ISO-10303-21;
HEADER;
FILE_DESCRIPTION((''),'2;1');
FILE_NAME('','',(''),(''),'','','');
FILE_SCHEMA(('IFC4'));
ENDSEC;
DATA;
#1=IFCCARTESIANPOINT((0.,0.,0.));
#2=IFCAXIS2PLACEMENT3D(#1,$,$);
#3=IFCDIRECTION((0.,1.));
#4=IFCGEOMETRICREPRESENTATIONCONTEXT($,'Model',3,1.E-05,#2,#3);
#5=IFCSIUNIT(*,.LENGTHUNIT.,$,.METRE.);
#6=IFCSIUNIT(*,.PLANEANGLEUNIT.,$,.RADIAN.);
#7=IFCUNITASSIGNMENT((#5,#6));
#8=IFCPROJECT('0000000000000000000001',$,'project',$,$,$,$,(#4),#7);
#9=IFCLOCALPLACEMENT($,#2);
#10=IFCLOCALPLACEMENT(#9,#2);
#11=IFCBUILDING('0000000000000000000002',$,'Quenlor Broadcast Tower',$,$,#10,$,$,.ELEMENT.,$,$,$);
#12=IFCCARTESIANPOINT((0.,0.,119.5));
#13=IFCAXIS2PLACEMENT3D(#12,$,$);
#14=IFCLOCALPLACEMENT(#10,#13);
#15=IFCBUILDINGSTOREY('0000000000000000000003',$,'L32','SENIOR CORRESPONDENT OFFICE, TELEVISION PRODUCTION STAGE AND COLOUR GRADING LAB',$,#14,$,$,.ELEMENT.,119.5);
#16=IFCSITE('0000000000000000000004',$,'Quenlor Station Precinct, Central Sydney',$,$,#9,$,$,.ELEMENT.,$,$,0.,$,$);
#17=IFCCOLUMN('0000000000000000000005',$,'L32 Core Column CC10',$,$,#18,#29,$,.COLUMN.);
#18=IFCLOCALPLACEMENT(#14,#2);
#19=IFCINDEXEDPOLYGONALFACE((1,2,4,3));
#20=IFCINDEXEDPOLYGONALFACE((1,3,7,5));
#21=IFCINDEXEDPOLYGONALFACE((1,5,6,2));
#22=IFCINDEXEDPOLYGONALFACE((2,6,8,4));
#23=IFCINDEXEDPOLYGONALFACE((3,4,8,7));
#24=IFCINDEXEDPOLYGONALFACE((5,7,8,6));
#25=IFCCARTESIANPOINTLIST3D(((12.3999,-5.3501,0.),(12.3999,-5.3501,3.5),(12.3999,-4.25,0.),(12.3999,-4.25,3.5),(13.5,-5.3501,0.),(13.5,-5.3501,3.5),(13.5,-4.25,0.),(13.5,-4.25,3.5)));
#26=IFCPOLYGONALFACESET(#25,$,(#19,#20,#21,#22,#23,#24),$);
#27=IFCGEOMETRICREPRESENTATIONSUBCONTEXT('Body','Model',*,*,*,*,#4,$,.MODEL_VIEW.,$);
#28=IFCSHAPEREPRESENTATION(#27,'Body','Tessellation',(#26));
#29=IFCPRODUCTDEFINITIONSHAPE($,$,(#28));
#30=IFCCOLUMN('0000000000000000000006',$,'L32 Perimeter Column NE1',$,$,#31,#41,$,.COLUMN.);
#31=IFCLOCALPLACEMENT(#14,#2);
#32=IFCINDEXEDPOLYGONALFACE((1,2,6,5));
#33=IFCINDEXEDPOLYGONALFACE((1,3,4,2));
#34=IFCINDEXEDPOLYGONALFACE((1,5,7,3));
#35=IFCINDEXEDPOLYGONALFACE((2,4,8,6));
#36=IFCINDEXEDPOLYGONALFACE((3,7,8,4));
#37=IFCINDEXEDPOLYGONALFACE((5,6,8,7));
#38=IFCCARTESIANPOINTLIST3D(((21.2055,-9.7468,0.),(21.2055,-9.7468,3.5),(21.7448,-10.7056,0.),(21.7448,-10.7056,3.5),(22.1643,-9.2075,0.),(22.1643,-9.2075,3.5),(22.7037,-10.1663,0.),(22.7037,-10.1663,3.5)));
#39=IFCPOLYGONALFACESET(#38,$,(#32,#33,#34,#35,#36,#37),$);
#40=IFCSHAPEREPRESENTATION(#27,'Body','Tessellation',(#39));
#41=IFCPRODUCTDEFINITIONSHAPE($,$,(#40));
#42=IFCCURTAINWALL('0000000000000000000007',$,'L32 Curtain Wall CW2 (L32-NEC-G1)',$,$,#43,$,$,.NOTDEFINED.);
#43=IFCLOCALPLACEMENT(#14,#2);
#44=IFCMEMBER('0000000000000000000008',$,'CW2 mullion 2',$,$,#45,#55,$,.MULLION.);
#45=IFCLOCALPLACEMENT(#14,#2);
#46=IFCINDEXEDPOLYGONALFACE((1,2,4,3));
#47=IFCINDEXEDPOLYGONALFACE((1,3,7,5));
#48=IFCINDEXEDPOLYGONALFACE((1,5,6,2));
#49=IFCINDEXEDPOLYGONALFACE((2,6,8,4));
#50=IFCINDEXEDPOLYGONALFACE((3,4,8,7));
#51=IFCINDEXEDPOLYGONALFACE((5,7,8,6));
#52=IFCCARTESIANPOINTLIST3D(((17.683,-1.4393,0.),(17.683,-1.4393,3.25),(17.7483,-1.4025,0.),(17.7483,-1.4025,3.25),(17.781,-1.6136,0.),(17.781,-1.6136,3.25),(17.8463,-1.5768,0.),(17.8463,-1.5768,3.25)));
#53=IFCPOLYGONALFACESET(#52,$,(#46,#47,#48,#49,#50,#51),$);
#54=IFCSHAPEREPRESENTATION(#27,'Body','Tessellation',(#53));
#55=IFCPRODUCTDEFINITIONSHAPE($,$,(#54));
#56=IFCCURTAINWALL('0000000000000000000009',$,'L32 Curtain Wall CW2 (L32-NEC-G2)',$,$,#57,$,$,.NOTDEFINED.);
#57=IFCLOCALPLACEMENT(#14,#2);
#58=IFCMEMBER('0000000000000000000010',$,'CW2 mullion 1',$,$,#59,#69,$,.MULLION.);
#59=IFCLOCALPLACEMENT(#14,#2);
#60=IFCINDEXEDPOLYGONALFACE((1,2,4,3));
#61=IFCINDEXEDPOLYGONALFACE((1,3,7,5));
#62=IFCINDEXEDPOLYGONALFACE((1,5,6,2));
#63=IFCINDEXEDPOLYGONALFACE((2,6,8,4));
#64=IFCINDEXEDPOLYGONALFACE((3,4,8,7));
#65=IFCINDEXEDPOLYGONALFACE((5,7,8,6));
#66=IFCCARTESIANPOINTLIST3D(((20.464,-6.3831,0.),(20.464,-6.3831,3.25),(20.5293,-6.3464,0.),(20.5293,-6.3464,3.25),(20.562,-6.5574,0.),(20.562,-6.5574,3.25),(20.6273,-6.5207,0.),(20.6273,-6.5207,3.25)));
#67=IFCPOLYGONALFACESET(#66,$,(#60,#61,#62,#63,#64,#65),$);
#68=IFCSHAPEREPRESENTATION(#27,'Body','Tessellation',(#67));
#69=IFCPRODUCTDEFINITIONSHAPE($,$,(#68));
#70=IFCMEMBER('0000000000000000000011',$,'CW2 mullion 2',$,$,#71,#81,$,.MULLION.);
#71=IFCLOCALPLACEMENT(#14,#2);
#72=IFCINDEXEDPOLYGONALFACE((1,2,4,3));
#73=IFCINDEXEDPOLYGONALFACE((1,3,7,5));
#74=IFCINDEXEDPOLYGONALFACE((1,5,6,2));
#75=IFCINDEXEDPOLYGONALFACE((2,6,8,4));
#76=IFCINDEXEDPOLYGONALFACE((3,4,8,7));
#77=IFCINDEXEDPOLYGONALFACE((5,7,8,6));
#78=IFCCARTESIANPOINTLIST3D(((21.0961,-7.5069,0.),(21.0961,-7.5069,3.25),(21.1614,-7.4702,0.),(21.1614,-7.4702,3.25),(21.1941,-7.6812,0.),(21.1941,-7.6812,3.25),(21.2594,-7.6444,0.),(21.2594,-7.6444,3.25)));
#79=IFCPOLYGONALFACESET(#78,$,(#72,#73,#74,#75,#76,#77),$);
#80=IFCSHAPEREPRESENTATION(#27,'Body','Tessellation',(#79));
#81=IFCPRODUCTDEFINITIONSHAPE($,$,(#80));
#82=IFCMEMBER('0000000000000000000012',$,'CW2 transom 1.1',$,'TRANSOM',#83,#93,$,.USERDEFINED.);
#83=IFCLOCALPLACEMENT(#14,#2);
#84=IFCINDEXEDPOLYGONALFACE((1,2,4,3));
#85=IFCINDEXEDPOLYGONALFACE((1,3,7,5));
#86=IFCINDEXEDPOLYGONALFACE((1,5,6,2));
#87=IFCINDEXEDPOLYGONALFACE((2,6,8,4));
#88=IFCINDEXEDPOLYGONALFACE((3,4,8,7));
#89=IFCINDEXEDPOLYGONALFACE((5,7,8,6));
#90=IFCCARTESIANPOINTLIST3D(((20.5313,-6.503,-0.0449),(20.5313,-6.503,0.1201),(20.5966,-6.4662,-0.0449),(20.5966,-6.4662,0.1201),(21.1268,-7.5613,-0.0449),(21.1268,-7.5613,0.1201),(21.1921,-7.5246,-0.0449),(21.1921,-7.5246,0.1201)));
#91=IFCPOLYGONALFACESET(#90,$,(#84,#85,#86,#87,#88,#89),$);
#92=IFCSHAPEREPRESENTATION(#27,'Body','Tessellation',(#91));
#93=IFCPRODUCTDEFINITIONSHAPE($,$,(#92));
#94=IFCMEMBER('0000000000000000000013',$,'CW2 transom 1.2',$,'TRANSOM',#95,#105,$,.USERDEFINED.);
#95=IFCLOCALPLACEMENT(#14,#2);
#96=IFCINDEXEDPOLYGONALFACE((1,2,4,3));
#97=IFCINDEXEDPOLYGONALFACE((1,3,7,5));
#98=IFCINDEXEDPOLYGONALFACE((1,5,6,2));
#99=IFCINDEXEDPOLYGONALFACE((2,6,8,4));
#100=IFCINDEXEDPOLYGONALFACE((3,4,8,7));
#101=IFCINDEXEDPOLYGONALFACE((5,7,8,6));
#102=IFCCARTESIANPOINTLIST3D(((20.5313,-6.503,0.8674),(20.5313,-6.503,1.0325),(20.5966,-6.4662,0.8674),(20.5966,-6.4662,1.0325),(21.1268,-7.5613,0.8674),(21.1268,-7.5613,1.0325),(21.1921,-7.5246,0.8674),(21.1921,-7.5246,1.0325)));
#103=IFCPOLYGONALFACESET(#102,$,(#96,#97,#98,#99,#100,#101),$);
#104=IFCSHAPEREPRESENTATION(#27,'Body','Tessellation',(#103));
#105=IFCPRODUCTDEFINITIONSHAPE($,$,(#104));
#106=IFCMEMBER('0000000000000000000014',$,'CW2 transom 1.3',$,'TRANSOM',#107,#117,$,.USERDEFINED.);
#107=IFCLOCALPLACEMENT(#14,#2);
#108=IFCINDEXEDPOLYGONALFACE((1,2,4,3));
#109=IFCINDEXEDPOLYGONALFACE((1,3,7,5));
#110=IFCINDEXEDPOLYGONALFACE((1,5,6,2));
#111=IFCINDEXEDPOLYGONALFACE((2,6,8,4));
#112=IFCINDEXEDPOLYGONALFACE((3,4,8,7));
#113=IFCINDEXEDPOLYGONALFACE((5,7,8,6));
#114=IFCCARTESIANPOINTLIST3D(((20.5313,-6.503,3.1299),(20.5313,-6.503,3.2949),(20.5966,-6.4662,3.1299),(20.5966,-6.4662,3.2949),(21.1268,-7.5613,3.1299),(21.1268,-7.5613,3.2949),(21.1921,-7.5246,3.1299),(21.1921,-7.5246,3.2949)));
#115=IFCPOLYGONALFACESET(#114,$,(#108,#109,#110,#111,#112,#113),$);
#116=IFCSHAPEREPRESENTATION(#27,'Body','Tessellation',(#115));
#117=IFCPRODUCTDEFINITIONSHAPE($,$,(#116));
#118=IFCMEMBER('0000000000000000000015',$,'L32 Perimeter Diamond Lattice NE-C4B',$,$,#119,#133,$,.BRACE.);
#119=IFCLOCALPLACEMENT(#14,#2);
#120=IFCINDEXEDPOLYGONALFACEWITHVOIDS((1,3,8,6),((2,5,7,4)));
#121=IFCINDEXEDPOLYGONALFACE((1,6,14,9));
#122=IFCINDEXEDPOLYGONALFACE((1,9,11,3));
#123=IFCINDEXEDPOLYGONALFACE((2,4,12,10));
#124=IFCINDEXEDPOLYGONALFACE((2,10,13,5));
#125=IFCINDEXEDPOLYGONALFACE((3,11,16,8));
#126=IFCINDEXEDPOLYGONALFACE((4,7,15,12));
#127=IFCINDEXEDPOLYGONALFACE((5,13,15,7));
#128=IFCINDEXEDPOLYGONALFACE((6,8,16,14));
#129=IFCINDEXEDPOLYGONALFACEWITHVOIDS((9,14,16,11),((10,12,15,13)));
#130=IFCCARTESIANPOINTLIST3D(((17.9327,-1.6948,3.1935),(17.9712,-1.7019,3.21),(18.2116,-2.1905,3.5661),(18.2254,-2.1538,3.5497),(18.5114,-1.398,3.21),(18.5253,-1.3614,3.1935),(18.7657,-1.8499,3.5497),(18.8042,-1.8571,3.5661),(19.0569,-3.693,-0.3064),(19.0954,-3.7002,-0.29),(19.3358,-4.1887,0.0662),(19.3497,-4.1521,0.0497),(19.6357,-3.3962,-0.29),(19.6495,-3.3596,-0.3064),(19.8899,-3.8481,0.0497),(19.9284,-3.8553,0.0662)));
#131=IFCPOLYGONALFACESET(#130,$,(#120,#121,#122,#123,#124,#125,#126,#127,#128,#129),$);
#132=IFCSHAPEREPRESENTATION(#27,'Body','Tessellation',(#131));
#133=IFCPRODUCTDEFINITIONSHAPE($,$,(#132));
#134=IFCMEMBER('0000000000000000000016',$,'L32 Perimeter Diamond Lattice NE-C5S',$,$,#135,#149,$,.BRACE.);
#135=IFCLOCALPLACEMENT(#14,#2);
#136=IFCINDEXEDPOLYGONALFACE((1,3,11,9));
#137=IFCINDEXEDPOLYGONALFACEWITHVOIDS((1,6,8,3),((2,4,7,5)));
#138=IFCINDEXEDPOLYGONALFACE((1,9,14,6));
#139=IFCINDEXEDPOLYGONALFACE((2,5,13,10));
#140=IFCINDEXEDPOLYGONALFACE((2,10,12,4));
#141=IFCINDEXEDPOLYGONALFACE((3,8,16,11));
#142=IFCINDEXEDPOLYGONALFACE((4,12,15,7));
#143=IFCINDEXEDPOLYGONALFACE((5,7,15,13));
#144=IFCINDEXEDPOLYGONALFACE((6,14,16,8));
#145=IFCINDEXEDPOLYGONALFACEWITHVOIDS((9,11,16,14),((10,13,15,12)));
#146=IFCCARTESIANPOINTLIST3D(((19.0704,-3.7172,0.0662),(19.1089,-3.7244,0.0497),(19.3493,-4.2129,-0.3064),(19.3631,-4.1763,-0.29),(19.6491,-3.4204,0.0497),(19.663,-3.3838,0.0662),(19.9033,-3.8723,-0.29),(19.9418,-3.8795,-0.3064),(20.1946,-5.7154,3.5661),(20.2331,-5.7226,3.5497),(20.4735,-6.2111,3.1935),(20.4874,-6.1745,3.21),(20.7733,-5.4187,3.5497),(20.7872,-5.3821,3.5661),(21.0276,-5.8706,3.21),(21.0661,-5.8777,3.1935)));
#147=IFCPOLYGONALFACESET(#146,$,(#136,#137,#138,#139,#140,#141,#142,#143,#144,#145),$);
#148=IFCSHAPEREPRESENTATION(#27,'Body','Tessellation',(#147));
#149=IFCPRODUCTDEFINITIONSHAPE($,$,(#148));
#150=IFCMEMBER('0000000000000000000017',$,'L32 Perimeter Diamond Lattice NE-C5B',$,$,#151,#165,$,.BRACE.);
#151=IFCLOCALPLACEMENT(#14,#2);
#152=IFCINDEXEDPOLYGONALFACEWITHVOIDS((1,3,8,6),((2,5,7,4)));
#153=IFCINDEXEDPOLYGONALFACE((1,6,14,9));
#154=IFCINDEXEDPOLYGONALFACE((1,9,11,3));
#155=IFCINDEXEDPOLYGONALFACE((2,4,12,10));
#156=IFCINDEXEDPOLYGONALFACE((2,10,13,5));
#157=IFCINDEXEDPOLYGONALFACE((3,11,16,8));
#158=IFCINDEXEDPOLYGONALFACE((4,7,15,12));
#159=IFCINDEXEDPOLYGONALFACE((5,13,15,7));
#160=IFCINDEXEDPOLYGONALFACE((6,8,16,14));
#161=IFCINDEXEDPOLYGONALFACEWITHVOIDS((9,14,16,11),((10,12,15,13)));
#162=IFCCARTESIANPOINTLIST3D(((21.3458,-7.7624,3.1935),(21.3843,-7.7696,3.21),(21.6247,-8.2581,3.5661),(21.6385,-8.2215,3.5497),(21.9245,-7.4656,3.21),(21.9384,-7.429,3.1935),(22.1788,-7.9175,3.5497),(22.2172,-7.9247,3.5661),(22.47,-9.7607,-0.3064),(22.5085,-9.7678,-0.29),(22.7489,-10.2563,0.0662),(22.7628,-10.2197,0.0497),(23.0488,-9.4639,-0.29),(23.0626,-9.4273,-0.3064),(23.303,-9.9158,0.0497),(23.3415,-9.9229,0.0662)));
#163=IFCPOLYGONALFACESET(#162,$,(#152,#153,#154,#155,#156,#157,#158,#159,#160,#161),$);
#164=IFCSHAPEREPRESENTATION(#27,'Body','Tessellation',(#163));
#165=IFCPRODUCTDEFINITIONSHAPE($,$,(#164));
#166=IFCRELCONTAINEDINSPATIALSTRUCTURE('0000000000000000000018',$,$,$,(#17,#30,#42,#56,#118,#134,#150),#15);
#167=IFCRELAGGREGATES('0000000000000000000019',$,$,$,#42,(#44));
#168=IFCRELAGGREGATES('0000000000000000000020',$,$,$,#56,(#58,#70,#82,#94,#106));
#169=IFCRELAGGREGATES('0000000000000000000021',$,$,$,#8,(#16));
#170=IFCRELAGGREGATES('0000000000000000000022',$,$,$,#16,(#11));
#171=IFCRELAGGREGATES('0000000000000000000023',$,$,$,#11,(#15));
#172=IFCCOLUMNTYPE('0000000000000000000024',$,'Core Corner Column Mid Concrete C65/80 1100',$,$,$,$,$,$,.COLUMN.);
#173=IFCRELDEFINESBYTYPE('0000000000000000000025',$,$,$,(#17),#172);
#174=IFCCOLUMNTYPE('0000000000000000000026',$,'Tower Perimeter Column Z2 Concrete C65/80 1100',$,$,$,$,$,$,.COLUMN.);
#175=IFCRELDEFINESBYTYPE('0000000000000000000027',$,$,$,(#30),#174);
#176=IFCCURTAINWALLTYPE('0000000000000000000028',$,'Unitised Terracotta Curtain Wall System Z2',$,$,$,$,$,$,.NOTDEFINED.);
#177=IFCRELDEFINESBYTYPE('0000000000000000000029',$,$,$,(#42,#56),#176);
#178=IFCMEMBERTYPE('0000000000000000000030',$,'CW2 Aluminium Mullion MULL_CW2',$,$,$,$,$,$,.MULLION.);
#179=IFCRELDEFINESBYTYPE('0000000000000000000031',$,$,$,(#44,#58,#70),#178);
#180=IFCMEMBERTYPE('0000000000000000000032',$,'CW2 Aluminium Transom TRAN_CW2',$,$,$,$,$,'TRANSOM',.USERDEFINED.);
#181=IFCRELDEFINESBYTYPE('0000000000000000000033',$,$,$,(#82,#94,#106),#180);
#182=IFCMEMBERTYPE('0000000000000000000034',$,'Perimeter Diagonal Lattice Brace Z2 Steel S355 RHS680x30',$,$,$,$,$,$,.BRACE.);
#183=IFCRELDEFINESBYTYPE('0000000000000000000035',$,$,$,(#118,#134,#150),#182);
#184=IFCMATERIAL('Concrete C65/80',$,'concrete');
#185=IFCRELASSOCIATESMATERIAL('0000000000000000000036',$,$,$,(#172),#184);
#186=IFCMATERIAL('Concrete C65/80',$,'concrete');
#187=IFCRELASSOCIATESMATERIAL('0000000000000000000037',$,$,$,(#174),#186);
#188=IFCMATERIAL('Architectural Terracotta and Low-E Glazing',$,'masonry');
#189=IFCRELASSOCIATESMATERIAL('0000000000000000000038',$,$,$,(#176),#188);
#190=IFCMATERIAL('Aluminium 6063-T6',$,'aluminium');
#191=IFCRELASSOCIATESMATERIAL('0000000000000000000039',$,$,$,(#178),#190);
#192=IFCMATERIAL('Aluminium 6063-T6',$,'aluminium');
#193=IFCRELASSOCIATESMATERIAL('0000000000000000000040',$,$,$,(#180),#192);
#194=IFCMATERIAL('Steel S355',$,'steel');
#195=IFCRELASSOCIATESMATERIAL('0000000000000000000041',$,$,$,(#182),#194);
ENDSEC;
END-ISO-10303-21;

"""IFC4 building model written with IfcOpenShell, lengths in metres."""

from ifc_helpers import new_model, si_unit, direction, frame, origin, origin_2d, place, context, subcontext, project, spatial, rectangle, hollow_rectangle, extrude, material, material_profile, profile_set, type_object, element, aggregate, save


model = new_model("IFC4")

# Units and contexts
model_context = context("Model", 3, precision=1e-05, world=origin(), true_north=direction((0.0, 1.0)))
body_context = subcontext(model_context, "Body", "Model", "MODEL_VIEW")
ifc_project = project(units=[si_unit("LENGTHUNIT", "METRE"), si_unit("PLANEANGLEUNIT", "RADIAN")], contexts=[model_context])

# Site, building, storey
site_placement = place(None, origin())
site = spatial("IfcSite", under=ifc_project, at=site_placement, Name="Quenlor Station Precinct, Central Sydney", CompositionType="ELEMENT", RefElevation=0.0)
building_placement = place(site_placement, origin())
building = spatial("IfcBuilding", under=site, at=building_placement, Name="Quenlor Broadcast Tower", CompositionType="ELEMENT")
storey_placement = place(building_placement, frame((0.0, 0.0, 119.5)))
storey = spatial("IfcBuildingStorey", under=building, at=storey_placement, Name="L32", Description="SENIOR CORRESPONDENT OFFICE, TELEVISION PRODUCTION STAGE AND COLOUR GRADING LAB", CompositionType="ELEMENT", Elevation=119.5)

# Columns
ifc_material_1 = material(Name="Concrete C65/80", Category="concrete")
ifc_material_profile_1 = material_profile(ifc_material_1, rectangle(XDim=1.1001, YDim=1.1001, at=origin_2d()))
ifc_profile_set_1 = profile_set([ifc_material_profile_1], Name="Concrete C65/80 RC1100x1100")
column_type_1 = type_object("IfcColumnType", Name="Core Corner Column Mid Concrete C65/80 1100", PredefinedType="COLUMN", material=ifc_profile_set_1)
column_1_placement = place(storey_placement, frame((12.95, -4.8, 0.0), z_axis=(0.0, 0.0, 1.0), x_axis=(1.0, 0.0, 0.0)))
element("IfcColumn", 1, at=column_1_placement, inside=storey, type_object=column_type_1, Name="L32 Core Column CC10", PredefinedType="COLUMN", context=body_context, shape_type="SweptSolid", body=[
    extrude(rectangle(XDim=1.1001, YDim=1.1001, at=origin_2d()), origin(), (0.0, 0.0, 1.0), 3.5),
])
ifc_material_2 = material(Name="Concrete C65/80", Category="concrete")
ifc_material_profile_2 = material_profile(ifc_material_2, rectangle(XDim=1.1001, YDim=1.1001, at=origin_2d()))
ifc_profile_set_2 = profile_set([ifc_material_profile_2], Name="Concrete C65/80 RC1100x1100")
column_type_2 = type_object("IfcColumnType", Name="Tower Perimeter Column Z2 Concrete C65/80 1100", PredefinedType="COLUMN", material=ifc_profile_set_2)
column_2_placement = place(storey_placement, frame((21.9546, -9.9565, 0.0), z_axis=(0.0, 0.0, 1.0), x_axis=(0.871575, 0.490262, 0.0)))
element("IfcColumn", 2, at=column_2_placement, inside=storey, type_object=column_type_2, Name="L32 Perimeter Column NE1", PredefinedType="COLUMN", context=body_context, shape_type="SweptSolid", body=[
    extrude(rectangle(XDim=1.1001, YDim=1.1001, at=origin_2d()), origin(), (0.0, 0.0, 1.0), 3.5),
])

# Curtain wall, member
ifc_material_3 = material(Name="Architectural Terracotta and Low-E Glazing", Category="masonry")
curtain_wall_type = type_object("IfcCurtainWallType", Name="Unitised Terracotta Curtain Wall System Z2", PredefinedType="NOTDEFINED", material=ifc_material_3)
curtain_wall_1_placement = place(storey_placement, origin())
curtain_wall_1 = element("IfcCurtainWall", 3, at=curtain_wall_1_placement, inside=storey, type_object=curtain_wall_type, Name="L32 Curtain Wall CW2 (L32-NEC-G1)", PredefinedType="NOTDEFINED")
ifc_material_4 = material(Name="Aluminium 6063-T6", Category="aluminium")
ifc_material_profile_3 = material_profile(ifc_material_4, rectangle(XDim=0.075, YDim=0.2, at=origin_2d()))
ifc_profile_set_3 = profile_set([ifc_material_profile_3], Name="Aluminium 6063-T6 MULL75x200")
member_type_1 = type_object("IfcMemberType", Name="CW2 Aluminium Mullion MULL_CW2", PredefinedType="MULLION", material=ifc_profile_set_3)
member_1_placement = place(storey_placement, frame((17.7646, -1.5081, 0.0), z_axis=(0.0, 0.0, 1.0), x_axis=(0.871581, 0.490252, 0.0)))
member_1 = element("IfcMember", 4, at=member_1_placement, type_object=member_type_1, Name="CW2 mullion 2", PredefinedType="MULLION", context=body_context, shape_type="SweptSolid", body=[
    extrude(rectangle(XDim=0.075, YDim=0.2, at=origin_2d()), origin(), (0.0, 0.0, 1.0), 3.25),
])
aggregate(curtain_wall_1, [member_1])

# Curtain wall, members
curtain_wall_2_placement = place(storey_placement, origin())
curtain_wall_2 = element("IfcCurtainWall", 5, at=curtain_wall_2_placement, inside=storey, type_object=curtain_wall_type, Name="L32 Curtain Wall CW2 (L32-NEC-G2)", PredefinedType="NOTDEFINED")
member_2_placement = place(storey_placement, frame((20.5457, -6.4519, 0.0), z_axis=(0.0, 0.0, 1.0), x_axis=(0.871566, 0.490279, 0.0)))
member_2 = element("IfcMember", 6, at=member_2_placement, type_object=member_type_1, Name="CW2 mullion 1", PredefinedType="MULLION", context=body_context, shape_type="SweptSolid", body=[
    extrude(rectangle(XDim=0.075, YDim=0.2, at=origin_2d()), origin(), (0.0, 0.0, 1.0), 3.25),
])
member_3_placement = place(storey_placement, frame((21.1777, -7.5757, 0.0), z_axis=(0.0, 0.0, 1.0), x_axis=(0.871566, 0.490279, 0.0)))
member_3 = element("IfcMember", 7, at=member_3_placement, type_object=member_type_1, Name="CW2 mullion 2", PredefinedType="MULLION", context=body_context, shape_type="SweptSolid", body=[
    extrude(rectangle(XDim=0.075, YDim=0.2, at=origin_2d()), origin(), (0.0, 0.0, 1.0), 3.25),
])
ifc_material_5 = material(Name="Aluminium 6063-T6", Category="aluminium")
ifc_material_profile_4 = material_profile(ifc_material_5, rectangle(XDim=0.075, YDim=0.165, at=origin_2d()))
ifc_profile_set_4 = profile_set([ifc_material_profile_4], Name="Aluminium 6063-T6 TRAN75x165")
member_type_2 = type_object("IfcMemberType", Name="CW2 Aluminium Transom TRAN_CW2", ElementType="TRANSOM", PredefinedType="USERDEFINED", material=ifc_profile_set_4)
member_4_placement = place(storey_placement, frame((20.564, -6.4846, 0.0376), z_axis=(0.490347, -0.871527, 0.0), x_axis=(0.871527, 0.490347, 0.0)))
member_4 = element("IfcMember", 8, at=member_4_placement, type_object=member_type_2, Name="CW2 transom 1.1", ObjectType="TRANSOM", PredefinedType="USERDEFINED", context=body_context, shape_type="SweptSolid", body=[
    extrude(rectangle(XDim=0.075, YDim=0.165, at=origin_2d()), origin(), (0.0, 0.0, 1.0), 1.2144),
])
member_5_placement = place(storey_placement, frame((20.564, -6.4846, 0.95), z_axis=(0.490347, -0.871527, 0.0), x_axis=(0.871527, 0.490347, 0.0)))
member_5 = element("IfcMember", 9, at=member_5_placement, type_object=member_type_2, Name="CW2 transom 1.2", ObjectType="TRANSOM", PredefinedType="USERDEFINED", context=body_context, shape_type="SweptSolid", body=[
    extrude(rectangle(XDim=0.075, YDim=0.165, at=origin_2d()), origin(), (0.0, 0.0, 1.0), 1.2144),
])
member_6_placement = place(storey_placement, frame((20.564, -6.4846, 3.2124), z_axis=(0.490347, -0.871527, 0.0), x_axis=(0.871527, 0.490347, 0.0)))
member_6 = element("IfcMember", 10, at=member_6_placement, type_object=member_type_2, Name="CW2 transom 1.3", ObjectType="TRANSOM", PredefinedType="USERDEFINED", context=body_context, shape_type="SweptSolid", body=[
    extrude(rectangle(XDim=0.075, YDim=0.165, at=origin_2d()), origin(), (0.0, 0.0, 1.0), 1.2144),
])

# Members
ifc_material_6 = material(Name="Steel S355", Category="steel")
ifc_material_profile_5 = material_profile(ifc_material_6, hollow_rectangle(XDim=0.6799, YDim=0.6799, WallThickness=0.03, at=origin_2d()))
ifc_profile_set_5 = profile_set([ifc_material_profile_5], Name="Steel S355 RHS680x680x30")
member_type_3 = type_object("IfcMemberType", Name="Perimeter Diagonal Lattice Brace Z2 Steel S355 RHS680x30", PredefinedType="BRACE", material=ifc_profile_set_5)
for number, where, z_axis, x_axis, name in (
    (11, (19.4927, -3.7742, -0.1201), (-0.268697, 0.477585, 0.836489), (-0.871533, -0.490337, 0.0), "L32 Perimeter Diamond Lattice NE-C4B"),
    (12, (19.5061, -3.7983, -0.1201), (0.268697, -0.477585, 0.836489), (0.871533, 0.490337, 0.0), "L32 Perimeter Diamond Lattice NE-C5S"),
    (13, (22.9058, -9.8418, -0.1201), (-0.268697, 0.477585, 0.836489), (-0.871533, -0.490337, 0.0), "L32 Perimeter Diamond Lattice NE-C5B"),
):
    element("IfcMember", number, at=place(storey_placement, frame(where, z_axis=z_axis, x_axis=x_axis)), inside=storey, type_object=member_type_3, Name=name, PredefinedType="BRACE", context=body_context, shape_type="SweptSolid", body=[
        extrude(hollow_rectangle(XDim=0.6799, YDim=0.6799, WallThickness=0.03, at=origin_2d()), origin(), (0.0, 0.0, 1.0), 4.1841),
    ])

aggregate(curtain_wall_2, [member_2, member_3, member_4, member_5, member_6])

save(model, "model.ifc")
